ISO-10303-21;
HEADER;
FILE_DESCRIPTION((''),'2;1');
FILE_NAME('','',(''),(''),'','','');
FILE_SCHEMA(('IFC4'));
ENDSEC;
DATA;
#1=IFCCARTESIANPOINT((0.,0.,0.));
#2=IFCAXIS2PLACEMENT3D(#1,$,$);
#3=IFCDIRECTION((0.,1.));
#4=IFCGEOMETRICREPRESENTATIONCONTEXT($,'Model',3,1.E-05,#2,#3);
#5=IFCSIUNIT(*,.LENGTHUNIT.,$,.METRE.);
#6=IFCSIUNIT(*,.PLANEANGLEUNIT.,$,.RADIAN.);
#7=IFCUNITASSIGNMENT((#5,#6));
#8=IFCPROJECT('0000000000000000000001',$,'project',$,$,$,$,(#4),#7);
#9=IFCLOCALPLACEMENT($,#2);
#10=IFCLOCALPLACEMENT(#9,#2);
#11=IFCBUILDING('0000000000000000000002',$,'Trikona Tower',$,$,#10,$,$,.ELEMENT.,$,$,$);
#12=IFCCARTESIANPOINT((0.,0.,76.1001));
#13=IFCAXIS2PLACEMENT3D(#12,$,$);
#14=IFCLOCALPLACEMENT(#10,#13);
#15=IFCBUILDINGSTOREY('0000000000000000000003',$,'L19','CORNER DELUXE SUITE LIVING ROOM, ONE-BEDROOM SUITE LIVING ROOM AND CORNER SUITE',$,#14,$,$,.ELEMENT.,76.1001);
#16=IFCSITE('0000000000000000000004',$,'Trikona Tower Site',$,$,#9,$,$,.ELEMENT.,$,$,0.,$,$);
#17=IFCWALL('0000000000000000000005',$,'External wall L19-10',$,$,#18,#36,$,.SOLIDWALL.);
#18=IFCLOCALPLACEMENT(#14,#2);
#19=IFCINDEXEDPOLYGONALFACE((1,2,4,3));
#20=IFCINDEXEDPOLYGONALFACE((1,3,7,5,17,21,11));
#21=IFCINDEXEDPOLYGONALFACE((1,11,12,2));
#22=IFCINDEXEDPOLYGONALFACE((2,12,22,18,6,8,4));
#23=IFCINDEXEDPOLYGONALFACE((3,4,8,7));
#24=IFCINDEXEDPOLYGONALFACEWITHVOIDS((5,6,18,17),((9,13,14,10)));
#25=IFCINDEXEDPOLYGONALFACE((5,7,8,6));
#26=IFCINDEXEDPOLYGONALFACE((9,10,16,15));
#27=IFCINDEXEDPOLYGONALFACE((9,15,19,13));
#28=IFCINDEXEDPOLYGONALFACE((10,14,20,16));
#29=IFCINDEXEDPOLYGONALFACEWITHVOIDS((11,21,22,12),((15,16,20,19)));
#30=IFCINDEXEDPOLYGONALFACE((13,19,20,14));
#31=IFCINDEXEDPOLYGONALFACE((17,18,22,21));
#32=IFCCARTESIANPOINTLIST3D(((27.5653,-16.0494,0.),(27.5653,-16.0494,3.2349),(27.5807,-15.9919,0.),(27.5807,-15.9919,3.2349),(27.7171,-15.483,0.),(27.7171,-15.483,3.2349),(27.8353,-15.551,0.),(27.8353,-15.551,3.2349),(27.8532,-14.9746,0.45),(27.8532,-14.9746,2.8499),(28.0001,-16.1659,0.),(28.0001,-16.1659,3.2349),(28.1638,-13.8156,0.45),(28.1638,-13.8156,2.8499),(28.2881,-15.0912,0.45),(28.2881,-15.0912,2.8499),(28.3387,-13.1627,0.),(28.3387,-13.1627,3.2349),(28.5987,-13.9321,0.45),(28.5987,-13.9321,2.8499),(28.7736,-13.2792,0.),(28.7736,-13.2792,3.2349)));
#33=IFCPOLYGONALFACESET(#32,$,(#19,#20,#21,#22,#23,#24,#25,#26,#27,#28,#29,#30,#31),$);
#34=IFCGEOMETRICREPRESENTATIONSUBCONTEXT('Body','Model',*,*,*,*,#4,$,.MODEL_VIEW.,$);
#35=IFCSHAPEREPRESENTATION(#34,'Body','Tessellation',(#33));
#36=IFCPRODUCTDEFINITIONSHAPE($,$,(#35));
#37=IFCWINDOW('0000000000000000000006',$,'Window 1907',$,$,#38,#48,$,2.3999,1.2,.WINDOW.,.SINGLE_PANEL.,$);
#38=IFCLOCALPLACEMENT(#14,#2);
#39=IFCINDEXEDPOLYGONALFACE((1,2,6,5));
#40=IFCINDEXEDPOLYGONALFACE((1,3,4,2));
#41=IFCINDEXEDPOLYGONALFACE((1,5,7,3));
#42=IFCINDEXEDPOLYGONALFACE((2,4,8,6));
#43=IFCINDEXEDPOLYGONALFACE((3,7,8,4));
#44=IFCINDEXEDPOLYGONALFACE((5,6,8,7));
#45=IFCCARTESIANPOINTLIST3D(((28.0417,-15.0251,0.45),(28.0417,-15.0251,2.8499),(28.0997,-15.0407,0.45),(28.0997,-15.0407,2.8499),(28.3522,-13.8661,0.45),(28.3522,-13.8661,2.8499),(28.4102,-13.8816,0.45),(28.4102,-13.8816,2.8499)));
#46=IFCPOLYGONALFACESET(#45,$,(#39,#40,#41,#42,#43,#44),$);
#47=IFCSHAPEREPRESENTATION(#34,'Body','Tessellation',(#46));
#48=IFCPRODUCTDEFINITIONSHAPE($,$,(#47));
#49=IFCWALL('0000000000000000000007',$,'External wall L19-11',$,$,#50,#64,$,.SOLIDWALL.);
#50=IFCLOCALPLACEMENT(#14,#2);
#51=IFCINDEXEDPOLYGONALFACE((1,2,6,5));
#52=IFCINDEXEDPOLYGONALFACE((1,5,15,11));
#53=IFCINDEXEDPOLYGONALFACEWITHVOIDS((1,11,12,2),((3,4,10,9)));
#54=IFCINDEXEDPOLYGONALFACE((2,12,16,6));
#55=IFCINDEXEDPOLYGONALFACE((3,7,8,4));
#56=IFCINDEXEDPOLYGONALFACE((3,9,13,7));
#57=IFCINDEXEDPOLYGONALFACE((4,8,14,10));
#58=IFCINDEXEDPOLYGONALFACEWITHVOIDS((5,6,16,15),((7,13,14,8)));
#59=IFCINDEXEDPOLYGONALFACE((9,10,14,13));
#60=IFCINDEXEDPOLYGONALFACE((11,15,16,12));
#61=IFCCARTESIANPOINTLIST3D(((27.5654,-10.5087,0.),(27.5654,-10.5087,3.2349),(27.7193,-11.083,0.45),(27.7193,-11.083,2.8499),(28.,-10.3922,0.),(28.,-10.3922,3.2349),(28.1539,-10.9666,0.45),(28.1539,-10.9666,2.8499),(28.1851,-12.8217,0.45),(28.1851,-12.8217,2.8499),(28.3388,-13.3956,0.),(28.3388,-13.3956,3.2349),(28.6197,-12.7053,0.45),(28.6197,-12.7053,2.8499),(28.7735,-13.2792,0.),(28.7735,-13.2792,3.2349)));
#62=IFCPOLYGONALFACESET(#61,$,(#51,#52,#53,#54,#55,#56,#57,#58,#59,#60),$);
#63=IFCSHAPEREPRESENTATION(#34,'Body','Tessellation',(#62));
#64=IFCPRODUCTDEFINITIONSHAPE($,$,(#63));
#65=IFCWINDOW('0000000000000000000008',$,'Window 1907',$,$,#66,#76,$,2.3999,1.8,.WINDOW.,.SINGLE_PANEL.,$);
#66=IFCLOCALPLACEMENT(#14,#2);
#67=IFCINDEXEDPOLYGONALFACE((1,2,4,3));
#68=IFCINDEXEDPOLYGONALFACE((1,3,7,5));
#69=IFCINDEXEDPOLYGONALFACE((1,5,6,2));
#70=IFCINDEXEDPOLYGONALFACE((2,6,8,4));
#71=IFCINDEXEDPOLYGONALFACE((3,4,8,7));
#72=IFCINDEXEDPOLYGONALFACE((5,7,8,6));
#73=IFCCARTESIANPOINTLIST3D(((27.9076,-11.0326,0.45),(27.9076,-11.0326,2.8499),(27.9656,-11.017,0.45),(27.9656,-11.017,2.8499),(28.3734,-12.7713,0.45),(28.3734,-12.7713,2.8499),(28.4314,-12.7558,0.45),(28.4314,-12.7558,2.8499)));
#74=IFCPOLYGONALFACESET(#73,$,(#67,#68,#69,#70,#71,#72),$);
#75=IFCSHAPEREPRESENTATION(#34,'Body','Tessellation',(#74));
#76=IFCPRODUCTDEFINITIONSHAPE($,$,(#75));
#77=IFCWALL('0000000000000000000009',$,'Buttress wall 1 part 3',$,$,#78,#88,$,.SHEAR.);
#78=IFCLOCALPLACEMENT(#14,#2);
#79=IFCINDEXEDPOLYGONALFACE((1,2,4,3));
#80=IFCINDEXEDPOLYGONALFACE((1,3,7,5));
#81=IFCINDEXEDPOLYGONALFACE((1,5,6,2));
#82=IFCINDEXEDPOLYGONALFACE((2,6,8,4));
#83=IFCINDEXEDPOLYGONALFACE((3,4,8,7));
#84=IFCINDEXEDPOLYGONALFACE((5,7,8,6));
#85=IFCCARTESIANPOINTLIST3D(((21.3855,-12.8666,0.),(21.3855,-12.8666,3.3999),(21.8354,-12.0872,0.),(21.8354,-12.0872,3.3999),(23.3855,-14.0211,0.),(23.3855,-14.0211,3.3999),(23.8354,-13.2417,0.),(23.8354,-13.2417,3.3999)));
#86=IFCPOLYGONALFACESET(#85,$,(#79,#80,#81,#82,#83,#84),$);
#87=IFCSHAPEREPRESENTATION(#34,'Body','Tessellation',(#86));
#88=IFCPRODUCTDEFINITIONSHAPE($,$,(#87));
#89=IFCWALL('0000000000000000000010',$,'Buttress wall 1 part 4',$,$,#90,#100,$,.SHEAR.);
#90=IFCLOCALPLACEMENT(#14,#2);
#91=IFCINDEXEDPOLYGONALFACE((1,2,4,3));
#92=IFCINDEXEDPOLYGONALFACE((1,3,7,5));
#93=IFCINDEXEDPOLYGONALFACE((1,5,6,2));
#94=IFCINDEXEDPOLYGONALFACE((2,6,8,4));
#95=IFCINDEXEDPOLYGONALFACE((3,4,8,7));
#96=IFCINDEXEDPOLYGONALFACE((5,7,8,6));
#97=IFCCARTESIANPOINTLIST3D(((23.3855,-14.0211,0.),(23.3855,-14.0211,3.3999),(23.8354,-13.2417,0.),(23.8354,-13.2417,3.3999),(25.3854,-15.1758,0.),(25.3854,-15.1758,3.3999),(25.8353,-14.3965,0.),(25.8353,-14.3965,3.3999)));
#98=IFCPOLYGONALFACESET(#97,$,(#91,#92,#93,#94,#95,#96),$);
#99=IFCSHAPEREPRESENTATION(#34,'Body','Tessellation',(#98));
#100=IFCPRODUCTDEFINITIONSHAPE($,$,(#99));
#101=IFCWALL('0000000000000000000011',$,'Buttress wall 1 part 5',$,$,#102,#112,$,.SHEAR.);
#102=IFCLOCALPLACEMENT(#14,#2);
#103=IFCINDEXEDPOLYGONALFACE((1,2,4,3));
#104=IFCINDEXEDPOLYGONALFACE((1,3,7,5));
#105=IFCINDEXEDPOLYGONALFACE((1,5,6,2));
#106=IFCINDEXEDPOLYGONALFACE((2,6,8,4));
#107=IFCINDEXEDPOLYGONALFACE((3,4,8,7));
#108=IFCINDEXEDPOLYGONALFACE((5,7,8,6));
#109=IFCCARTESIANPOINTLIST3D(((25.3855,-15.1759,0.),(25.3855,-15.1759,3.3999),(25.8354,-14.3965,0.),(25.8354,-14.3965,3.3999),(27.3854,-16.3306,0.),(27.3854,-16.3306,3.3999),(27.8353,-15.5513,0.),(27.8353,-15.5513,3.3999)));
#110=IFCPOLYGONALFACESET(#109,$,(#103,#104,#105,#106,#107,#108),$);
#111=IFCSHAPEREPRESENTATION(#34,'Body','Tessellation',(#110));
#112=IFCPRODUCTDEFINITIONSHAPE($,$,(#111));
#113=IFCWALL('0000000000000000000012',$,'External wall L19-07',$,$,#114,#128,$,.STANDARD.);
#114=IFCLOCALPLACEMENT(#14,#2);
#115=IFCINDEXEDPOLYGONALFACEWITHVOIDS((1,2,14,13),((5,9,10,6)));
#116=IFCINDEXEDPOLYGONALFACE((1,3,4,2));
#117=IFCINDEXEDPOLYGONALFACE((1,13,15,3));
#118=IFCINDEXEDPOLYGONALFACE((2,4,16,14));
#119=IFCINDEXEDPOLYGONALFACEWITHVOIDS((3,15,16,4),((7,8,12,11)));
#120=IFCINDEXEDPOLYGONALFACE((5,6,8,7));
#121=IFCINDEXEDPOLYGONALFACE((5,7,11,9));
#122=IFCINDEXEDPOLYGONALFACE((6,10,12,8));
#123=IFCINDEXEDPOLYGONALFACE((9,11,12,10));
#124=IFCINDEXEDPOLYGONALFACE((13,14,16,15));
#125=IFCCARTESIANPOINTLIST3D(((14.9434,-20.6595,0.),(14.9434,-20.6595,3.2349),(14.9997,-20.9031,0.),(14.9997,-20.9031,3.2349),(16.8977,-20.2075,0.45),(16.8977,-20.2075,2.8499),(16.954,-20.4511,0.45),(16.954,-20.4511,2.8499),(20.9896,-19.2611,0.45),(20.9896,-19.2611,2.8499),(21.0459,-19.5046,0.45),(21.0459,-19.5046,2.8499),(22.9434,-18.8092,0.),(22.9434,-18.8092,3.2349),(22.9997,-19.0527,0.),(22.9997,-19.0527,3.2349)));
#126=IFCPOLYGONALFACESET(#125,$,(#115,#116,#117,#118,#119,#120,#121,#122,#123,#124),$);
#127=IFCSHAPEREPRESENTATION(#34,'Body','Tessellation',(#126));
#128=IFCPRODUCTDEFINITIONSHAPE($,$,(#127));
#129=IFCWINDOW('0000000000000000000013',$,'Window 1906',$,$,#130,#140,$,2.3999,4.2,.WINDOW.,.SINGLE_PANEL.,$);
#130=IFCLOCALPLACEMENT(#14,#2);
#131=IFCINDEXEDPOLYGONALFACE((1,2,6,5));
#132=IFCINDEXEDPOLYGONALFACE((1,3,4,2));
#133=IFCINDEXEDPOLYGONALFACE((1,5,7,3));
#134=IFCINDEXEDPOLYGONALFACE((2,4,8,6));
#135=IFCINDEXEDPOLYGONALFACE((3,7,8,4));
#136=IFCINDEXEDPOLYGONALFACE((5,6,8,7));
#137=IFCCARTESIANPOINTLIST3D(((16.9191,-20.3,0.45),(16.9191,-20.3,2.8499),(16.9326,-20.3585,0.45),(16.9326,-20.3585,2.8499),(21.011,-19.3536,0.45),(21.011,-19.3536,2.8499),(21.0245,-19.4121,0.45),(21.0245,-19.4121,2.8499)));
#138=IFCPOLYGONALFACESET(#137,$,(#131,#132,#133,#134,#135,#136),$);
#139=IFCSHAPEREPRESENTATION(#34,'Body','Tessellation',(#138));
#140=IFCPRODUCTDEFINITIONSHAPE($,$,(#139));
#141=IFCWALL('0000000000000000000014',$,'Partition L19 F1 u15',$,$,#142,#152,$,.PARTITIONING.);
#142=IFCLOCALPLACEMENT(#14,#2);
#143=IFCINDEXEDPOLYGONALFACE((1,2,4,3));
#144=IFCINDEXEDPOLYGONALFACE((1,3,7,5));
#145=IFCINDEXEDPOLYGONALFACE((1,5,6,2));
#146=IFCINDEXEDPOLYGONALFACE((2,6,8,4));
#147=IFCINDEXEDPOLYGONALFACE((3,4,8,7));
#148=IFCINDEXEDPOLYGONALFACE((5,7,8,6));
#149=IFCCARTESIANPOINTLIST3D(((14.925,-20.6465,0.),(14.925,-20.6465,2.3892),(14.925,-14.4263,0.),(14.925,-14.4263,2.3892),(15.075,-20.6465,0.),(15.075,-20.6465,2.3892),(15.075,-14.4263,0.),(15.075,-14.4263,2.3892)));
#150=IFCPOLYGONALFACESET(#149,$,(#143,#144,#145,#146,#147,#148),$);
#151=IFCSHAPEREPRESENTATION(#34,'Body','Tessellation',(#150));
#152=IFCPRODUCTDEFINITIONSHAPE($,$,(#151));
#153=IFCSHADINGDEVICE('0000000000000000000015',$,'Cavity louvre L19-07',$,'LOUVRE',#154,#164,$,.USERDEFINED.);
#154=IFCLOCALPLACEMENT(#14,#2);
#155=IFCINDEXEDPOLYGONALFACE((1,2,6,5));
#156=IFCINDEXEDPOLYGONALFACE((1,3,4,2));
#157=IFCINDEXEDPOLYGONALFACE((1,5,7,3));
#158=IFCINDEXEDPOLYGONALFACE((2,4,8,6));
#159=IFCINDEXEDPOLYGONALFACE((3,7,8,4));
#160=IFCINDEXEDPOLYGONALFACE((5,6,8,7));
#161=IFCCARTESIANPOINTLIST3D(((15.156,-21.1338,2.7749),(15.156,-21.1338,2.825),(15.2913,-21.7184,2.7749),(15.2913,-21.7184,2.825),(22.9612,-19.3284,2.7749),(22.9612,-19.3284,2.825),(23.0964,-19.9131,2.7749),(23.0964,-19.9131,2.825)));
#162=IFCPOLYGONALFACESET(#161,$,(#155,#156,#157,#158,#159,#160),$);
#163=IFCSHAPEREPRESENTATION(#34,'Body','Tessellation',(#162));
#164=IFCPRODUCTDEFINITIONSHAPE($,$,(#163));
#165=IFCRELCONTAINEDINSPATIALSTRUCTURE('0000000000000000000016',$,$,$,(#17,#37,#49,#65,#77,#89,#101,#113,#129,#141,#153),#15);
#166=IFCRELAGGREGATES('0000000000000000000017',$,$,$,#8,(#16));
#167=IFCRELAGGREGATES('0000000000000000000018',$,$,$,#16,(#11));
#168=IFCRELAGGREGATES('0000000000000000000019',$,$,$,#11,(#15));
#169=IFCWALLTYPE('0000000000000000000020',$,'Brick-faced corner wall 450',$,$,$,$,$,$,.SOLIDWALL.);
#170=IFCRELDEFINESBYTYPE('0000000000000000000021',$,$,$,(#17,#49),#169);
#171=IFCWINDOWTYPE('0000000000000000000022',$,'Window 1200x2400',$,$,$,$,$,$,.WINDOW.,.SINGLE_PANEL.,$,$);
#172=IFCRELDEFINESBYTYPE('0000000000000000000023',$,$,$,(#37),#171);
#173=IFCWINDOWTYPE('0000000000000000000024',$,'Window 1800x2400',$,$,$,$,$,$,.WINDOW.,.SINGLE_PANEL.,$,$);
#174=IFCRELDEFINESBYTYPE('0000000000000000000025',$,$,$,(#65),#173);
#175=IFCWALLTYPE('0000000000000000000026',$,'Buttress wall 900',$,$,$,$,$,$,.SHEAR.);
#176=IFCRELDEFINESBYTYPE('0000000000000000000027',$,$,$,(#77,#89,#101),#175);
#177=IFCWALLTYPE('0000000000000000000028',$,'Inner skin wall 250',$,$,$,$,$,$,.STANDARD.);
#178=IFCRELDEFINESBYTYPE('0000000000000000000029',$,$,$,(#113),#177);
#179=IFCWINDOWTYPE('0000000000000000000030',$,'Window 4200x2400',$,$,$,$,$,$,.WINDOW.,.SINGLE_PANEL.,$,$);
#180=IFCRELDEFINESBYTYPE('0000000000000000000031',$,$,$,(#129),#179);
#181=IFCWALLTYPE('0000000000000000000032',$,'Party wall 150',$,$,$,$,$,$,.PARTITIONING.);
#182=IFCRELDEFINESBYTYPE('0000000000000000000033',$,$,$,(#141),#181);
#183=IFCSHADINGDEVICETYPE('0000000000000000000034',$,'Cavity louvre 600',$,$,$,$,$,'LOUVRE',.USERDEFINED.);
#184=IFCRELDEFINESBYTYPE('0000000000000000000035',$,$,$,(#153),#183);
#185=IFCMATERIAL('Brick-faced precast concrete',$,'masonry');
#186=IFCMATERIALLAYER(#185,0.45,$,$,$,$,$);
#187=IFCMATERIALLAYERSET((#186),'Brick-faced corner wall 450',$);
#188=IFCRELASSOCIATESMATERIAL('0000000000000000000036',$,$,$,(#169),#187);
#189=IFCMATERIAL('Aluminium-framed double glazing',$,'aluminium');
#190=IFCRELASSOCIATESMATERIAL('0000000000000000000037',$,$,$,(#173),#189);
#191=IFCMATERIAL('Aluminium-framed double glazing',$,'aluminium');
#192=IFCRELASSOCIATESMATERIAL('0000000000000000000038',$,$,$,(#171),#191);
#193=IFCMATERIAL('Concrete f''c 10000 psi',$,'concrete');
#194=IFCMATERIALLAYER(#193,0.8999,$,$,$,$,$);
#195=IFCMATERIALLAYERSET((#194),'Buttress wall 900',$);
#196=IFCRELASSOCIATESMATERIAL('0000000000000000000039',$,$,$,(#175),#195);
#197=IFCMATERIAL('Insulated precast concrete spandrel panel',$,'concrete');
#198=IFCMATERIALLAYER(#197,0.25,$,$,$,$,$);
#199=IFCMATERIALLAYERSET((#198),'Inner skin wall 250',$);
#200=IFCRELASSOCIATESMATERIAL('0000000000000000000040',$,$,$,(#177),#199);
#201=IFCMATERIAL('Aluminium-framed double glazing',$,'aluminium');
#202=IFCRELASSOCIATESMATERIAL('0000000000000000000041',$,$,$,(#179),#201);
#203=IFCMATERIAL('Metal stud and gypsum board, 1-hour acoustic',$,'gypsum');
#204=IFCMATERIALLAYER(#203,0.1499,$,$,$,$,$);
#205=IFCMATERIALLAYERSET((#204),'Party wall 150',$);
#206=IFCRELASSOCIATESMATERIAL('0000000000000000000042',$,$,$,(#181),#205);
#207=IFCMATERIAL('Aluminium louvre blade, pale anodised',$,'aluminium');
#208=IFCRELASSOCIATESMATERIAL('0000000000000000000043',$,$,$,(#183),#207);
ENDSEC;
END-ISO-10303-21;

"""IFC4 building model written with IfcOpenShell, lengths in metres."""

from ifc_helpers import new_model, si_unit, direction, frame, frame_2d, origin, origin_2d, place, context, subcontext, project, spatial, polyline, rectangle, outline, extrude, material, layer, layer_set, type_object, element, fill, save


model = new_model("IFC4")

# Units and contexts
model_context = context("Model", 3, precision=1e-05, world=origin(), true_north=direction((0.0, 1.0)))
body_context = subcontext(model_context, "Body", "Model", "MODEL_VIEW")
ifc_project = project(units=[si_unit("LENGTHUNIT", "METRE"), si_unit("PLANEANGLEUNIT", "RADIAN")], contexts=[model_context])

# Site, building, storey
site_placement = place(None, origin())
site = spatial("IfcSite", under=ifc_project, at=site_placement, Name="Trikona Tower Site", CompositionType="ELEMENT", RefElevation=0.0)
building_placement = place(site_placement, origin())
building = spatial("IfcBuilding", under=site, at=building_placement, Name="Trikona Tower", CompositionType="ELEMENT")
storey_placement = place(building_placement, frame((0.0, 0.0, 76.1001)))
storey = spatial("IfcBuildingStorey", under=building, at=storey_placement, Name="L19", Description="CORNER DELUXE SUITE LIVING ROOM, ONE-BEDROOM SUITE LIVING ROOM AND CORNER SUITE", CompositionType="ELEMENT", Elevation=76.1001)

# Walls, openings, windows
ifc_material_1 = material(Name="Brick-faced precast concrete", Category="masonry")
ifc_layer_1 = layer(ifc_material_1, 0.45)
ifc_layer_set_1 = layer_set([ifc_layer_1], Name="Brick-faced corner wall 450")
wall_type_1 = type_object("IfcWallType", Name="Brick-faced corner wall 450", PredefinedType="SOLIDWALL", material=ifc_layer_set_1)
ifc_material_2 = material(Name="Aluminium-framed double glazing", Category="aluminium")
window_type_1 = type_object("IfcWindowType", Name="Window 1800x2400", PartitioningType="SINGLE_PANEL", PredefinedType="WINDOW", material=ifc_material_2)
ifc_material_3 = material(Name="Aluminium-framed double glazing", Category="aluminium")
window_type_2 = type_object("IfcWindowType", Name="Window 1200x2400", PartitioningType="SINGLE_PANEL", PredefinedType="WINDOW", material=ifc_material_3)
wall_1_placement = place(storey_placement, frame((27.7827, -16.1077, 0.0), z_axis=(0.0, 0.0, 1.0), x_axis=(0.258801, 0.965931, 0.0)))
wall_1 = element("IfcWall", 1, at=wall_1_placement, inside=storey, type_object=wall_type_1, Name="External wall L19-10", PredefinedType="SOLIDWALL", context=body_context, shape_type="SweptSolid", body=[
    extrude(outline(polyline([(2.9885, 0.2251), (0.5864, 0.2251), (0.5513, 0.0933), (0.0596, 0.2251), (0.0, 0.2251), (0.0, -0.2251), (2.9885, -0.2251), (2.9885, 0.2251)])), origin(), (0.0, 0.0, 1.0), 3.2349),
])
opening_1_placement = place(wall_1_placement, frame((1.1125, 0.0, 0.45)))
opening_1 = element("IfcOpeningElement", 2, at=opening_1_placement, cuts=wall_1, PredefinedType="OPENING", context=body_context, shape_type="SweptSolid", body=[
    extrude(rectangle(XDim=1.2, YDim=2.3999, at=frame_2d((0.6001, 1.2))), frame((0.0, 0.2349, 0.0), z_axis=(0.0, -1.0, 0.0), x_axis=(1.0, 0.0, 0.0)), (0.0, 0.0, 1.0), 0.47),
])
window_1_placement = place(opening_1_placement, origin())
window_1 = element("IfcWindow", 3, at=window_1_placement, inside=storey, type_object=window_type_2, Name="Window 1907", OverallHeight=2.3999, OverallWidth=1.2, PartitioningType="SINGLE_PANEL", PredefinedType="WINDOW", context=body_context, shape_type="SweptSolid", body=[
    extrude(rectangle(XDim=1.2, YDim=2.3999, at=frame_2d((0.6001, 1.2))), frame((0.0, 0.03, 0.0), z_axis=(0.0, -1.0, 0.0), x_axis=(1.0, 0.0, 0.0)), (0.0, 0.0, 1.0), 0.0601),
])
fill(opening_1, window_1)
wall_2_placement = place(storey_placement, frame((28.5562, -13.3374, 0.0), z_axis=(0.0, 0.0, 1.0), x_axis=(-0.258781, 0.965936, 0.0)))
wall_2 = element("IfcWall", 4, at=wall_2_placement, inside=storey, type_object=wall_type_1, Name="External wall L19-11", PredefinedType="SOLIDWALL", context=body_context, shape_type="SweptSolid", body=[
    extrude(rectangle(XDim=2.9888, YDim=0.45, at=frame_2d((1.4944, 0.0))), origin(), (0.0, 0.0, 1.0), 3.2349),
])
opening_2_placement = place(wall_2_placement, frame((0.5942, 0.0, 0.45)))
opening_2 = element("IfcOpeningElement", 5, at=opening_2_placement, cuts=wall_2, PredefinedType="OPENING", context=body_context, shape_type="SweptSolid", body=[
    extrude(rectangle(XDim=1.8, YDim=2.3999, at=frame_2d((0.8999, 1.2))), frame((0.0, 0.2349, 0.0), z_axis=(0.0, -1.0, 0.0), x_axis=(1.0, 0.0, 0.0)), (0.0, 0.0, 1.0), 0.47),
])
window_2_placement = place(opening_2_placement, origin())
window_2 = element("IfcWindow", 6, at=window_2_placement, inside=storey, type_object=window_type_1, Name="Window 1907", OverallHeight=2.3999, OverallWidth=1.8, PartitioningType="SINGLE_PANEL", PredefinedType="WINDOW", context=body_context, shape_type="SweptSolid", body=[
    extrude(rectangle(XDim=1.8, YDim=2.3999, at=frame_2d((0.8999, 1.2))), frame((0.0, 0.03, 0.0), z_axis=(0.0, -1.0, 0.0), x_axis=(1.0, 0.0, 0.0)), (0.0, 0.0, 1.0), 0.0601),
])
fill(opening_2, window_2)

# Walls
ifc_material_4 = material(Name="Concrete f'c 10000 psi", Category="concrete")
ifc_layer_2 = layer(ifc_material_4, 0.8999)
ifc_layer_set_2 = layer_set([ifc_layer_2], Name="Buttress wall 900")
wall_type_2 = type_object("IfcWallType", Name="Buttress wall 900", PredefinedType="SHEAR", material=ifc_layer_set_2)
for number, where, z_axis, x_axis, name in (
    (7, (21.6104, -12.4768, 0.0), (0.0, 0.0, 1.0), (0.866055, -0.499948, 0.0), "Buttress wall 1 part 3"),
    (8, (23.6104, -13.6313, 0.0), (0.0, 0.0, 1.0), (0.86601, -0.500027, 0.0), "Buttress wall 1 part 4"),
    (9, (25.6104, -14.7861, 0.0), (0.0, 0.0, 1.0), (0.86601, -0.500027, 0.0), "Buttress wall 1 part 5"),
):
    element("IfcWall", number, at=place(storey_placement, frame(where, z_axis=z_axis, x_axis=x_axis)), inside=storey, type_object=wall_type_2, Name=name, PredefinedType="SHEAR", context=body_context, shape_type="SweptSolid", body=[
        extrude(rectangle(XDim=2.3093, YDim=0.8999, at=frame_2d((1.1548, 0.0))), origin(), (0.0, 0.0, 1.0), 3.3999),
    ])

# Wall, opening, window
ifc_material_5 = material(Name="Insulated precast concrete spandrel panel", Category="concrete")
ifc_layer_3 = layer(ifc_material_5, 0.25)
ifc_layer_set_3 = layer_set([ifc_layer_3], Name="Inner skin wall 250")
wall_type_3 = type_object("IfcWallType", Name="Inner skin wall 250", PredefinedType="STANDARD", material=ifc_layer_set_3)
wall_3_placement = place(storey_placement, frame((14.9717, -20.7812, 0.0), z_axis=(0.0, 0.0, 1.0), x_axis=(0.974279, 0.225344, 0.0)))
wall_3 = element("IfcWall", 10, at=wall_3_placement, inside=storey, type_object=wall_type_3, Name="External wall L19-07", PredefinedType="STANDARD", context=body_context, shape_type="SweptSolid", body=[
    extrude(rectangle(XDim=8.2112, YDim=0.25, at=frame_2d((4.1055, 0.0))), origin(), (0.0, 0.0, 1.0), 3.2349),
])
opening_3_placement = place(wall_3_placement, frame((2.0056, 0.0, 0.45)))
opening_3 = element("IfcOpeningElement", 11, at=opening_3_placement, cuts=wall_3, PredefinedType="OPENING", context=body_context, shape_type="SweptSolid", body=[
    extrude(rectangle(XDim=4.2, YDim=2.3999, at=frame_2d((2.1001, 1.2))), frame((0.0, 0.135, 0.0), z_axis=(0.0, -1.0, 0.0), x_axis=(1.0, 0.0, 0.0)), (0.0, 0.0, 1.0), 0.27),
])
ifc_material_6 = material(Name="Aluminium-framed double glazing", Category="aluminium")
window_type_3 = type_object("IfcWindowType", Name="Window 4200x2400", PartitioningType="SINGLE_PANEL", PredefinedType="WINDOW", material=ifc_material_6)
window_3_placement = place(opening_3_placement, origin())
window_3 = element("IfcWindow", 12, at=window_3_placement, inside=storey, type_object=window_type_3, Name="Window 1906", OverallHeight=2.3999, OverallWidth=4.2, PartitioningType="SINGLE_PANEL", PredefinedType="WINDOW", context=body_context, shape_type="SweptSolid", body=[
    extrude(rectangle(XDim=4.2, YDim=2.3999, at=frame_2d((2.1001, 1.2))), frame((0.0, 0.03, 0.0), z_axis=(0.0, -1.0, 0.0), x_axis=(1.0, 0.0, 0.0)), (0.0, 0.0, 1.0), 0.0601),
])
fill(opening_3, window_3)

# Wall
ifc_material_7 = material(Name="Metal stud and gypsum board, 1-hour acoustic", Category="gypsum")
ifc_layer_4 = layer(ifc_material_7, 0.1499)
ifc_layer_set_4 = layer_set([ifc_layer_4], Name="Party wall 150")
wall_type_4 = type_object("IfcWallType", Name="Party wall 150", PredefinedType="PARTITIONING", material=ifc_layer_set_4)
wall_4_placement = place(storey_placement, frame((15.0, -14.4263, 0.0), z_axis=(0.0, 0.0, 1.0), x_axis=(0.0, -1.0, 0.0)))
element("IfcWall", 13, at=wall_4_placement, inside=storey, type_object=wall_type_4, Name="Partition L19 F1 u15", PredefinedType="PARTITIONING", context=body_context, shape_type="SweptSolid", body=[
    extrude(rectangle(XDim=6.2202, YDim=0.1499, at=frame_2d((3.1101, 0.0))), origin(), (0.0, 0.0, 1.0), 2.3892),
])

# Shading device
ifc_material_8 = material(Name="Aluminium louvre blade, pale anodised", Category="aluminium")
shading_device_type = type_object("IfcShadingDeviceType", Name="Cavity louvre 600", ElementType="LOUVRE", PredefinedType="USERDEFINED", material=ifc_material_8)
shading_device_placement = place(storey_placement, frame((19.1262, -20.5234, 2.7749), z_axis=(0.0, 0.0, 1.0), x_axis=(0.974278, 0.225351, 0.0)))
element("IfcShadingDevice", 14, at=shading_device_placement, inside=storey, type_object=shading_device_type, Name="Cavity louvre L19-07", ObjectType="LOUVRE", PredefinedType="USERDEFINED", context=body_context, shape_type="SweptSolid", body=[
    extrude(rectangle(XDim=8.0112, YDim=0.6001, at=origin_2d()), origin(), (0.0, 0.0, 1.0), 0.05),
])

save(model, "model.ifc")
